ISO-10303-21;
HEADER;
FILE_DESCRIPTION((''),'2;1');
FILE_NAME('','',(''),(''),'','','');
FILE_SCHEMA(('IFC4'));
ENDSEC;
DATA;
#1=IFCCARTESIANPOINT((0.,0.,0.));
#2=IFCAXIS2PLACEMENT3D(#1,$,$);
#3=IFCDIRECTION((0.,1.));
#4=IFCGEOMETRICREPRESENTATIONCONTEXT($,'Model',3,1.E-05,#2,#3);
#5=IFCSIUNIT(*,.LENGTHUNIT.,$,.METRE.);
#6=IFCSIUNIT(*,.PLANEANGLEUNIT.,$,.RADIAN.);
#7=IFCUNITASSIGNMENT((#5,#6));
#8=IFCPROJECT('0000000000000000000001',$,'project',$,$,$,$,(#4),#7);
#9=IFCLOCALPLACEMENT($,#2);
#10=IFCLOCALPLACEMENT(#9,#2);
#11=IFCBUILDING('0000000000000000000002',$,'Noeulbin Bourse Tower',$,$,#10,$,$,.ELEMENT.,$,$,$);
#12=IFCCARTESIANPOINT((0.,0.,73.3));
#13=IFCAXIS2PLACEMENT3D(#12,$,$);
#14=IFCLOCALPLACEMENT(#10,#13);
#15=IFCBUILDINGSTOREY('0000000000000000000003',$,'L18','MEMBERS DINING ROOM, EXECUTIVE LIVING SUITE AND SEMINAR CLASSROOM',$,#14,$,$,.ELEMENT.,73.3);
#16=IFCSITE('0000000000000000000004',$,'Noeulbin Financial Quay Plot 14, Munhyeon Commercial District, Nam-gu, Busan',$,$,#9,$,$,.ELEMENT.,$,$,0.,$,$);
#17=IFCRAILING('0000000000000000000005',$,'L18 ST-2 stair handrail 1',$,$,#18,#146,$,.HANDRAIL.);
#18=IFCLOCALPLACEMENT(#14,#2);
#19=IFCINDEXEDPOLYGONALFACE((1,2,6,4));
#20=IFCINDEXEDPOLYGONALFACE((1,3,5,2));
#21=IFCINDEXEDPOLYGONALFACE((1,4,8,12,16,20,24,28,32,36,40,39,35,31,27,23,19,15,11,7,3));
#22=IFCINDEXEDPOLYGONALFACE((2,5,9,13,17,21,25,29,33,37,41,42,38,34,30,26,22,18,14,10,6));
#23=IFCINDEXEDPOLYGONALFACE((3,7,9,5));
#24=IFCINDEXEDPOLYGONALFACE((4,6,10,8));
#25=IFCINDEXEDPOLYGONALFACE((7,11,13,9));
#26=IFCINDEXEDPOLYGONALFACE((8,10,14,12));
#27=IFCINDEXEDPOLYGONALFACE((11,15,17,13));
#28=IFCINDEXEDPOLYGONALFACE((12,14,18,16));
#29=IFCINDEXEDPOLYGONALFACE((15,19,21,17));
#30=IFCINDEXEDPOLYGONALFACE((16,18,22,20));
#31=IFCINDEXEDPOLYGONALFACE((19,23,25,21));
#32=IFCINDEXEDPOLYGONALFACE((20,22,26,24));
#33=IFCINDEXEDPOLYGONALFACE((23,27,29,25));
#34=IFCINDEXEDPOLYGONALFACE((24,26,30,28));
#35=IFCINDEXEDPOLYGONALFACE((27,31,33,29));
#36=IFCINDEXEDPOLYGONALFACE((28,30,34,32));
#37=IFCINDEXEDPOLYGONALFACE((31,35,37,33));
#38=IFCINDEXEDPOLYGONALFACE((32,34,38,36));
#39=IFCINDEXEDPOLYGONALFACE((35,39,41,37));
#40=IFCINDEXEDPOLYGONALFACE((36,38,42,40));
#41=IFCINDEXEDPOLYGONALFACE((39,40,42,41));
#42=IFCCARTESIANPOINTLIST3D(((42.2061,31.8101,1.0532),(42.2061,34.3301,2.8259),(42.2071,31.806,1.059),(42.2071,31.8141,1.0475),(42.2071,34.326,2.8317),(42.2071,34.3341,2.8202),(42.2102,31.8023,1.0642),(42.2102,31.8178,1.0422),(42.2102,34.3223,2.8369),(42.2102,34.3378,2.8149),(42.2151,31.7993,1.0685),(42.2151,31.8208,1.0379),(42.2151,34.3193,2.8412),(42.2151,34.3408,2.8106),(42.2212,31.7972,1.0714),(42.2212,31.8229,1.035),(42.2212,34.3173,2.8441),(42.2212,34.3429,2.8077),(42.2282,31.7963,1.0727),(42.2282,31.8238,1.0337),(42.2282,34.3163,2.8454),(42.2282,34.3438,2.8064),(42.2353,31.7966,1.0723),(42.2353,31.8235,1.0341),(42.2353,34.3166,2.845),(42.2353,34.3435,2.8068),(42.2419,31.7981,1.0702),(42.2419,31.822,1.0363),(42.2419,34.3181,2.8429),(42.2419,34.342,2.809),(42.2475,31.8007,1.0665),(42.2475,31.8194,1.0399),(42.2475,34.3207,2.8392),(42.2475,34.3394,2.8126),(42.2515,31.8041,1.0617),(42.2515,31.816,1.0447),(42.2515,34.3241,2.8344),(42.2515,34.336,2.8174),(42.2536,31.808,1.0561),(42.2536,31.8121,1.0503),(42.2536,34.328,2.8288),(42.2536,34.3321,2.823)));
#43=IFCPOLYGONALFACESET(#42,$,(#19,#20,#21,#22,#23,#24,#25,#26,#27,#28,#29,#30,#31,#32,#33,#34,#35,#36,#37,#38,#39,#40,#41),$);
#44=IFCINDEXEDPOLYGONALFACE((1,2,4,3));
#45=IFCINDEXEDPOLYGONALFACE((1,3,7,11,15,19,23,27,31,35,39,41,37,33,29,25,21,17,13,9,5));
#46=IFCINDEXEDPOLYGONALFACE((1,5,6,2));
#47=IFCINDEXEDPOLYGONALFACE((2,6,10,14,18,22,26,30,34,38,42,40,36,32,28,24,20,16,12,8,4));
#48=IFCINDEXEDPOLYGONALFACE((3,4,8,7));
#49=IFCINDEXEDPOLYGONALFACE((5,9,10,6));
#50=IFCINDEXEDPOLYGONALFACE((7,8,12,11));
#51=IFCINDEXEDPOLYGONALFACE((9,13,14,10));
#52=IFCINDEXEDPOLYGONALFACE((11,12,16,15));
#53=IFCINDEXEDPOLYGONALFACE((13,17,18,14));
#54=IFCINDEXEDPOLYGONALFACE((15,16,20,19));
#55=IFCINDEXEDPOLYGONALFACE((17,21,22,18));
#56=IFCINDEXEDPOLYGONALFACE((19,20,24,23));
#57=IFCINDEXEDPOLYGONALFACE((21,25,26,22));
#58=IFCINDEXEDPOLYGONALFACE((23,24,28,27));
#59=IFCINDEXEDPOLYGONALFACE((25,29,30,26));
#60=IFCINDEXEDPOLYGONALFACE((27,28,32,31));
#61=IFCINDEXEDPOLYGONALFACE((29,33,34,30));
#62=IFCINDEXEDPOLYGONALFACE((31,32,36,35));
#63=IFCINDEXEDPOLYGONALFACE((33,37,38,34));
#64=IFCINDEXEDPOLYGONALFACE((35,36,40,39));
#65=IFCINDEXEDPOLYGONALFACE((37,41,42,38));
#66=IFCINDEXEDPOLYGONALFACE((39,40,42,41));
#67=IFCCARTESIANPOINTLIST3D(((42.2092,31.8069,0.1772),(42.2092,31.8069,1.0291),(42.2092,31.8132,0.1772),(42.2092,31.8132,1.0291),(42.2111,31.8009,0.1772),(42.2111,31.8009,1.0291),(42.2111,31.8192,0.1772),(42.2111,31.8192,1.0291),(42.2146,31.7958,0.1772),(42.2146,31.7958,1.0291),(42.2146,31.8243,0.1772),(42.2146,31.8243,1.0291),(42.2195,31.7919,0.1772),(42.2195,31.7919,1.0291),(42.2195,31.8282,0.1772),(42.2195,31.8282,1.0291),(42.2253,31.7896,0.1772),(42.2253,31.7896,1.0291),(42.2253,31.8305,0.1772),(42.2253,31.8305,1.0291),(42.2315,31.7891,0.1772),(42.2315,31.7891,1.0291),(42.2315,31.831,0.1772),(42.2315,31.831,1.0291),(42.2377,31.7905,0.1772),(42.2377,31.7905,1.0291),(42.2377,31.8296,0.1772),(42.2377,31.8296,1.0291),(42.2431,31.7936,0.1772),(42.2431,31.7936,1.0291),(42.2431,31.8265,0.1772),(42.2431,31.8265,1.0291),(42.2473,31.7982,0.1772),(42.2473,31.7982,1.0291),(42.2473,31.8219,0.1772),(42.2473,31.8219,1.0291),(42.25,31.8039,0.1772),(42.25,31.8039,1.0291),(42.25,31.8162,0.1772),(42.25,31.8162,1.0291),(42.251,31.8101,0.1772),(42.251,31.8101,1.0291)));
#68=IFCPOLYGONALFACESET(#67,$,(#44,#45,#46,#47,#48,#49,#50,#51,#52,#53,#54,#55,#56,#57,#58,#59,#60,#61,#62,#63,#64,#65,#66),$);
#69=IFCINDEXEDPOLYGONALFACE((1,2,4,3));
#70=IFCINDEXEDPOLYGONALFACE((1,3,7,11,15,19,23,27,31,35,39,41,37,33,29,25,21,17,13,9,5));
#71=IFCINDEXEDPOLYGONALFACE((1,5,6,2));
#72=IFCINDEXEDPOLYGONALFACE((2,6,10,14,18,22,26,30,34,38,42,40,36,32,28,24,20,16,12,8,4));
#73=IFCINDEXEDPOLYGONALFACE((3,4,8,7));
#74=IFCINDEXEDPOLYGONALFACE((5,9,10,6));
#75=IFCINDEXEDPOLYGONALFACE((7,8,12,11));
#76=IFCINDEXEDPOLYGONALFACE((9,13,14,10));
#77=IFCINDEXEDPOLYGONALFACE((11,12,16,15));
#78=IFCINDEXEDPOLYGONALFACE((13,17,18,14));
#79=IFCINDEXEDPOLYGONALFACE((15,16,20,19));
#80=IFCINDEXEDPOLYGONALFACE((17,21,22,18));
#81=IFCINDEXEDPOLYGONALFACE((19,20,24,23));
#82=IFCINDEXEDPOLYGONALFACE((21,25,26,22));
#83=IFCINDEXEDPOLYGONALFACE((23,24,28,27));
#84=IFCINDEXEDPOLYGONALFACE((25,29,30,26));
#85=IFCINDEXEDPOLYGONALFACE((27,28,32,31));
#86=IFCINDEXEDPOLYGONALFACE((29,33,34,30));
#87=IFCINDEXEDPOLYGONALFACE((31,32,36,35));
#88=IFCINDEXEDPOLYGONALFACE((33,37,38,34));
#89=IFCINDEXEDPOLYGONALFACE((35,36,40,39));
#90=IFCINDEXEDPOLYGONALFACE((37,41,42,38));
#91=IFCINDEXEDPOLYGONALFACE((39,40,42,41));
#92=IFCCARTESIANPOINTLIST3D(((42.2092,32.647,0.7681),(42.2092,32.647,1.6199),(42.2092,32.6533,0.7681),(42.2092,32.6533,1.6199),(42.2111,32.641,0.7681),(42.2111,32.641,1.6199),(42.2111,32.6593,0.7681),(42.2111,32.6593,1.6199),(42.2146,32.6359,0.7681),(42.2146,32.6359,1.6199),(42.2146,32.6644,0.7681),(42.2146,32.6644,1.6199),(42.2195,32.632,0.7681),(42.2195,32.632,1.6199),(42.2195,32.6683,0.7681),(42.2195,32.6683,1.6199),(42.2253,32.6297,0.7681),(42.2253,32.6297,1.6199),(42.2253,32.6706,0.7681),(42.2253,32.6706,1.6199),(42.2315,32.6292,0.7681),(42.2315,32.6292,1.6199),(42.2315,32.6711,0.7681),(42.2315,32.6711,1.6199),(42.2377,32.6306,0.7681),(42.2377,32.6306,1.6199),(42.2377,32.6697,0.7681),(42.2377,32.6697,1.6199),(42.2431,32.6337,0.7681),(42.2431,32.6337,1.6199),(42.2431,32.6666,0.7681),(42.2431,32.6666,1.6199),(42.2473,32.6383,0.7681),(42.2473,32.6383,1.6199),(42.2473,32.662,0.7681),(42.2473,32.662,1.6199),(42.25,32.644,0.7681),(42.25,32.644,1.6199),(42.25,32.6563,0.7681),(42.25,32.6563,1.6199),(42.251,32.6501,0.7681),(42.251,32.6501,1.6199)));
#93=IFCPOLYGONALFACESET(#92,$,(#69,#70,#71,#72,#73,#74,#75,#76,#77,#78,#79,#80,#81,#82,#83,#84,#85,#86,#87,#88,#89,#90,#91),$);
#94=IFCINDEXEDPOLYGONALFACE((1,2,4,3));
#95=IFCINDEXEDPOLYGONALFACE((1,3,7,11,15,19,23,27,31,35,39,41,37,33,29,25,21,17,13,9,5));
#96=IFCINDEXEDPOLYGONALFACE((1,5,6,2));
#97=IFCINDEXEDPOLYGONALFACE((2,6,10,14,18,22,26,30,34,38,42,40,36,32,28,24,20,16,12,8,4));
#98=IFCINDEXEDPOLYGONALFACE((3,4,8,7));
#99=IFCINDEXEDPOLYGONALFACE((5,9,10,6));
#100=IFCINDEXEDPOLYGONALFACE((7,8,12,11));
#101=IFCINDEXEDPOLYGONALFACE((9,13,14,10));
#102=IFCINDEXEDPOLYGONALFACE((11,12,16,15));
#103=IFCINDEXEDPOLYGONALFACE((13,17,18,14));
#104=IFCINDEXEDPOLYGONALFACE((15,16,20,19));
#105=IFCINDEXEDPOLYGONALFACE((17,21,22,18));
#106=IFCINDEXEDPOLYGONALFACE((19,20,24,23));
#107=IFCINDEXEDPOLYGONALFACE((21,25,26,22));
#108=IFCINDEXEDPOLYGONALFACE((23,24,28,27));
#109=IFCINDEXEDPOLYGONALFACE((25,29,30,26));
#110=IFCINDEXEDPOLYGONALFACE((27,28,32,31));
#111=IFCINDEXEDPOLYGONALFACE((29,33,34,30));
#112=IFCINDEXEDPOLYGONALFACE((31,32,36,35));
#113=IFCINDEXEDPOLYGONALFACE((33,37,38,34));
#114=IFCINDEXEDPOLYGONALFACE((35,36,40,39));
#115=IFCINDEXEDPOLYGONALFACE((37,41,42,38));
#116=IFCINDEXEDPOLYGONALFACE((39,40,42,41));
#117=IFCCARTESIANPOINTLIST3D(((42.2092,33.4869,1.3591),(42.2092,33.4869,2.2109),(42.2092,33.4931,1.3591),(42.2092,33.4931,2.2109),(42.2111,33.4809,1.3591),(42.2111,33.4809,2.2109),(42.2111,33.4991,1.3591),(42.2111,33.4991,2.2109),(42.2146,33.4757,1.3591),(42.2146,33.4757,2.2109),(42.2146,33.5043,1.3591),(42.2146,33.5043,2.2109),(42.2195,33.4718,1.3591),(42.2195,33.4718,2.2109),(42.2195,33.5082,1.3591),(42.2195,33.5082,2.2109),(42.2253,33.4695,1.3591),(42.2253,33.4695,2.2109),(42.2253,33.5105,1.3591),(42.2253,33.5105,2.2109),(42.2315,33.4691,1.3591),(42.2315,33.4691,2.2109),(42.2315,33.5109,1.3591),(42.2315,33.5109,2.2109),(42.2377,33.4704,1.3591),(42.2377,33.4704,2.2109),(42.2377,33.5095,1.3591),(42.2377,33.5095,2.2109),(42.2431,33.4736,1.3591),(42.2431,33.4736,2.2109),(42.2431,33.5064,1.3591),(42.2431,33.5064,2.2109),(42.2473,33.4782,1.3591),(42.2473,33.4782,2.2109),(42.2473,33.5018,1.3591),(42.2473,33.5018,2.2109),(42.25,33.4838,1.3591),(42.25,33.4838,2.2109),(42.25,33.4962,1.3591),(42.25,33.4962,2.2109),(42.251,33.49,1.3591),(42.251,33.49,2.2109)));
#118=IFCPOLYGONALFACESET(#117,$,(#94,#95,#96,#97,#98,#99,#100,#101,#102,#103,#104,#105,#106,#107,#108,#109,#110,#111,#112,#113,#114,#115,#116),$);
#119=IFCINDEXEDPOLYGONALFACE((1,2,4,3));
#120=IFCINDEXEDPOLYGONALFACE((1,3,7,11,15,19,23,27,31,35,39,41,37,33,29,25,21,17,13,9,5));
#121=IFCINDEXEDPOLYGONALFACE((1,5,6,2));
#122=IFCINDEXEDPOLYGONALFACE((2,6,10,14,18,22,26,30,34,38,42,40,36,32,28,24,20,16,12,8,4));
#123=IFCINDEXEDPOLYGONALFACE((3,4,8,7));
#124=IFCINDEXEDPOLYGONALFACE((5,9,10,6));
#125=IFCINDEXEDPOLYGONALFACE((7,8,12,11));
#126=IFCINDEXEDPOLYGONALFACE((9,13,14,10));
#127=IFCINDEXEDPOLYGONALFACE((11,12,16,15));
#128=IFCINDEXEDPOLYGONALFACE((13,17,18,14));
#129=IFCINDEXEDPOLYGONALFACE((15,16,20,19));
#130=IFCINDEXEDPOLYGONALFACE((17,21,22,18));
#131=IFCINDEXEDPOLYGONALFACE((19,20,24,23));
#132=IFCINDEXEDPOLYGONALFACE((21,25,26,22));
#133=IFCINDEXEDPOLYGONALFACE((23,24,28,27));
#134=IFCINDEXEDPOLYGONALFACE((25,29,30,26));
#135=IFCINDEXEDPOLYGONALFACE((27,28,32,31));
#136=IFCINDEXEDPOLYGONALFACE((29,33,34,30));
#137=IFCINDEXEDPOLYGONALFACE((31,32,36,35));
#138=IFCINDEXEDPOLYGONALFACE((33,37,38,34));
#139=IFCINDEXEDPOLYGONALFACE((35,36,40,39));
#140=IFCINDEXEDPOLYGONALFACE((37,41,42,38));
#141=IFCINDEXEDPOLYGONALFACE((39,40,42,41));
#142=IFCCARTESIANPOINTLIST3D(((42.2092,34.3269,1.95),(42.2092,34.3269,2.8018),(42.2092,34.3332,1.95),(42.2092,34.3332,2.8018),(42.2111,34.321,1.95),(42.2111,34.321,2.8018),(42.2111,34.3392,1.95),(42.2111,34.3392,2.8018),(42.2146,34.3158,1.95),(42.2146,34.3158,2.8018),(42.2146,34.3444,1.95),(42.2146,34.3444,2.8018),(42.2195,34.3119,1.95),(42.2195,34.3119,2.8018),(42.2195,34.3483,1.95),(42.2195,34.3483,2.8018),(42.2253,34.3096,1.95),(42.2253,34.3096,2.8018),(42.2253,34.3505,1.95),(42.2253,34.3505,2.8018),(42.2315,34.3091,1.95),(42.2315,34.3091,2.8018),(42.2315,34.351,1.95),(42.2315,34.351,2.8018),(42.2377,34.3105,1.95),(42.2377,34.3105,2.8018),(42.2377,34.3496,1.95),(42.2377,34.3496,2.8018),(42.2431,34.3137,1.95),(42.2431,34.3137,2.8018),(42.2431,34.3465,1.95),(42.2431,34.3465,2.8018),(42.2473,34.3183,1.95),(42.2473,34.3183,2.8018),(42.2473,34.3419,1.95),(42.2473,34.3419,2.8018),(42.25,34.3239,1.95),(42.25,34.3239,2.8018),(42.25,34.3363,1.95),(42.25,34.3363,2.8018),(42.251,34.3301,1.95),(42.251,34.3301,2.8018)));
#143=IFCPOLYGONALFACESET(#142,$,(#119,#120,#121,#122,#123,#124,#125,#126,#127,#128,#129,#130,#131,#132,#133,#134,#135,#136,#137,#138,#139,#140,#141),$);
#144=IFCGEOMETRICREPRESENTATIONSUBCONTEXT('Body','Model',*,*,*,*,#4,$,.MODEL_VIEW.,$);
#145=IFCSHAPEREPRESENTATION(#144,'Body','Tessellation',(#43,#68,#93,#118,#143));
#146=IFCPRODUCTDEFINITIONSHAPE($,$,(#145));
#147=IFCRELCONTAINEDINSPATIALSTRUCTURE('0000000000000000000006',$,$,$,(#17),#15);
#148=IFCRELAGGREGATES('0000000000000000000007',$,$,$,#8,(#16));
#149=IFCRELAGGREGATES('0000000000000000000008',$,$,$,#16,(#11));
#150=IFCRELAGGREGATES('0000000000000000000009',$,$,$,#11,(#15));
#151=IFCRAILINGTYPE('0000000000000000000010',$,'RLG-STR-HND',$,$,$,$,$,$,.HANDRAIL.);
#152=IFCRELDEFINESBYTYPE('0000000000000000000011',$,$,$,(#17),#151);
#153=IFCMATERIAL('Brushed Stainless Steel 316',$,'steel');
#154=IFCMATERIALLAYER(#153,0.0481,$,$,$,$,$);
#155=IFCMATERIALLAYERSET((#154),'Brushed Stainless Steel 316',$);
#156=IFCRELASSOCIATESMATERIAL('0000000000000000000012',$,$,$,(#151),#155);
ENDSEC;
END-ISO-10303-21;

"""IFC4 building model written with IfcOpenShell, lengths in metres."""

from ifc_helpers import new_model, si_unit, direction, frame, origin, origin_2d, place, context, subcontext, project, spatial, circle, extrude, material, layer, layer_set, type_object, element, save


model = new_model("IFC4")

# Units and contexts
model_context = context("Model", 3, precision=1e-05, world=origin(), true_north=direction((0.0, 1.0)))
body_context = subcontext(model_context, "Body", "Model", "MODEL_VIEW")
ifc_project = project(units=[si_unit("LENGTHUNIT", "METRE"), si_unit("PLANEANGLEUNIT", "RADIAN")], contexts=[model_context])

# Site, building, storey
site_placement = place(None, origin())
site = spatial("IfcSite", under=ifc_project, at=site_placement, Name="Noeulbin Financial Quay Plot 14, Munhyeon Commercial District, Nam-gu, Busan", CompositionType="ELEMENT", RefElevation=0.0)
building_placement = place(site_placement, origin())
building = spatial("IfcBuilding", under=site, at=building_placement, Name="Noeulbin Bourse Tower", CompositionType="ELEMENT")
storey_placement = place(building_placement, frame((0.0, 0.0, 73.3)))
storey = spatial("IfcBuildingStorey", under=building, at=storey_placement, Name="L18", Description="MEMBERS DINING ROOM, EXECUTIVE LIVING SUITE AND SEMINAR CLASSROOM", CompositionType="ELEMENT", Elevation=73.3)

# Railing
ifc_material_1 = material(Name="Brushed Stainless Steel 316", Category="steel")
ifc_layer_1 = layer(ifc_material_1, 0.0481)
ifc_layer_set_1 = layer_set([ifc_layer_1], Name="Brushed Stainless Steel 316")
railing_type_1 = type_object("IfcRailingType", Name="RLG-STR-HND", PredefinedType="HANDRAIL", material=ifc_layer_set_1)
railing_1_placement = place(storey_placement, frame((42.23, 31.8101, 0.1772)))
element("IfcRailing", 1, at=railing_1_placement, inside=storey, type_object=railing_type_1, Name="L18 ST-2 stair handrail 1", PredefinedType="HANDRAIL", context=body_context, shape_type="SweptSolid", body=[
    extrude(circle(Radius=0.0239, at=origin_2d()), frame((0.0, 0.0, 0.876), z_axis=(0.0, 0.817904, 0.575354), x_axis=(-1.0, 0.0, 0.0)), (0.0, 0.0, 1.0), 3.0811),
    extrude(circle(Radius=0.021, at=origin_2d()), origin(), (0.0, 0.0, 1.0), 0.8518),
    extrude(circle(Radius=0.021, at=origin_2d()), frame((0.0, 0.8401, 0.5908)), (0.0, 0.0, 1.0), 0.8518),
    extrude(circle(Radius=0.021, at=origin_2d()), frame((0.0, 1.6799, 1.1819)), (0.0, 0.0, 1.0), 0.8518),
    extrude(circle(Radius=0.021, at=origin_2d()), frame((0.0, 2.52, 1.7727)), (0.0, 0.0, 1.0), 0.8518),
])

save(model, "model.ifc")
